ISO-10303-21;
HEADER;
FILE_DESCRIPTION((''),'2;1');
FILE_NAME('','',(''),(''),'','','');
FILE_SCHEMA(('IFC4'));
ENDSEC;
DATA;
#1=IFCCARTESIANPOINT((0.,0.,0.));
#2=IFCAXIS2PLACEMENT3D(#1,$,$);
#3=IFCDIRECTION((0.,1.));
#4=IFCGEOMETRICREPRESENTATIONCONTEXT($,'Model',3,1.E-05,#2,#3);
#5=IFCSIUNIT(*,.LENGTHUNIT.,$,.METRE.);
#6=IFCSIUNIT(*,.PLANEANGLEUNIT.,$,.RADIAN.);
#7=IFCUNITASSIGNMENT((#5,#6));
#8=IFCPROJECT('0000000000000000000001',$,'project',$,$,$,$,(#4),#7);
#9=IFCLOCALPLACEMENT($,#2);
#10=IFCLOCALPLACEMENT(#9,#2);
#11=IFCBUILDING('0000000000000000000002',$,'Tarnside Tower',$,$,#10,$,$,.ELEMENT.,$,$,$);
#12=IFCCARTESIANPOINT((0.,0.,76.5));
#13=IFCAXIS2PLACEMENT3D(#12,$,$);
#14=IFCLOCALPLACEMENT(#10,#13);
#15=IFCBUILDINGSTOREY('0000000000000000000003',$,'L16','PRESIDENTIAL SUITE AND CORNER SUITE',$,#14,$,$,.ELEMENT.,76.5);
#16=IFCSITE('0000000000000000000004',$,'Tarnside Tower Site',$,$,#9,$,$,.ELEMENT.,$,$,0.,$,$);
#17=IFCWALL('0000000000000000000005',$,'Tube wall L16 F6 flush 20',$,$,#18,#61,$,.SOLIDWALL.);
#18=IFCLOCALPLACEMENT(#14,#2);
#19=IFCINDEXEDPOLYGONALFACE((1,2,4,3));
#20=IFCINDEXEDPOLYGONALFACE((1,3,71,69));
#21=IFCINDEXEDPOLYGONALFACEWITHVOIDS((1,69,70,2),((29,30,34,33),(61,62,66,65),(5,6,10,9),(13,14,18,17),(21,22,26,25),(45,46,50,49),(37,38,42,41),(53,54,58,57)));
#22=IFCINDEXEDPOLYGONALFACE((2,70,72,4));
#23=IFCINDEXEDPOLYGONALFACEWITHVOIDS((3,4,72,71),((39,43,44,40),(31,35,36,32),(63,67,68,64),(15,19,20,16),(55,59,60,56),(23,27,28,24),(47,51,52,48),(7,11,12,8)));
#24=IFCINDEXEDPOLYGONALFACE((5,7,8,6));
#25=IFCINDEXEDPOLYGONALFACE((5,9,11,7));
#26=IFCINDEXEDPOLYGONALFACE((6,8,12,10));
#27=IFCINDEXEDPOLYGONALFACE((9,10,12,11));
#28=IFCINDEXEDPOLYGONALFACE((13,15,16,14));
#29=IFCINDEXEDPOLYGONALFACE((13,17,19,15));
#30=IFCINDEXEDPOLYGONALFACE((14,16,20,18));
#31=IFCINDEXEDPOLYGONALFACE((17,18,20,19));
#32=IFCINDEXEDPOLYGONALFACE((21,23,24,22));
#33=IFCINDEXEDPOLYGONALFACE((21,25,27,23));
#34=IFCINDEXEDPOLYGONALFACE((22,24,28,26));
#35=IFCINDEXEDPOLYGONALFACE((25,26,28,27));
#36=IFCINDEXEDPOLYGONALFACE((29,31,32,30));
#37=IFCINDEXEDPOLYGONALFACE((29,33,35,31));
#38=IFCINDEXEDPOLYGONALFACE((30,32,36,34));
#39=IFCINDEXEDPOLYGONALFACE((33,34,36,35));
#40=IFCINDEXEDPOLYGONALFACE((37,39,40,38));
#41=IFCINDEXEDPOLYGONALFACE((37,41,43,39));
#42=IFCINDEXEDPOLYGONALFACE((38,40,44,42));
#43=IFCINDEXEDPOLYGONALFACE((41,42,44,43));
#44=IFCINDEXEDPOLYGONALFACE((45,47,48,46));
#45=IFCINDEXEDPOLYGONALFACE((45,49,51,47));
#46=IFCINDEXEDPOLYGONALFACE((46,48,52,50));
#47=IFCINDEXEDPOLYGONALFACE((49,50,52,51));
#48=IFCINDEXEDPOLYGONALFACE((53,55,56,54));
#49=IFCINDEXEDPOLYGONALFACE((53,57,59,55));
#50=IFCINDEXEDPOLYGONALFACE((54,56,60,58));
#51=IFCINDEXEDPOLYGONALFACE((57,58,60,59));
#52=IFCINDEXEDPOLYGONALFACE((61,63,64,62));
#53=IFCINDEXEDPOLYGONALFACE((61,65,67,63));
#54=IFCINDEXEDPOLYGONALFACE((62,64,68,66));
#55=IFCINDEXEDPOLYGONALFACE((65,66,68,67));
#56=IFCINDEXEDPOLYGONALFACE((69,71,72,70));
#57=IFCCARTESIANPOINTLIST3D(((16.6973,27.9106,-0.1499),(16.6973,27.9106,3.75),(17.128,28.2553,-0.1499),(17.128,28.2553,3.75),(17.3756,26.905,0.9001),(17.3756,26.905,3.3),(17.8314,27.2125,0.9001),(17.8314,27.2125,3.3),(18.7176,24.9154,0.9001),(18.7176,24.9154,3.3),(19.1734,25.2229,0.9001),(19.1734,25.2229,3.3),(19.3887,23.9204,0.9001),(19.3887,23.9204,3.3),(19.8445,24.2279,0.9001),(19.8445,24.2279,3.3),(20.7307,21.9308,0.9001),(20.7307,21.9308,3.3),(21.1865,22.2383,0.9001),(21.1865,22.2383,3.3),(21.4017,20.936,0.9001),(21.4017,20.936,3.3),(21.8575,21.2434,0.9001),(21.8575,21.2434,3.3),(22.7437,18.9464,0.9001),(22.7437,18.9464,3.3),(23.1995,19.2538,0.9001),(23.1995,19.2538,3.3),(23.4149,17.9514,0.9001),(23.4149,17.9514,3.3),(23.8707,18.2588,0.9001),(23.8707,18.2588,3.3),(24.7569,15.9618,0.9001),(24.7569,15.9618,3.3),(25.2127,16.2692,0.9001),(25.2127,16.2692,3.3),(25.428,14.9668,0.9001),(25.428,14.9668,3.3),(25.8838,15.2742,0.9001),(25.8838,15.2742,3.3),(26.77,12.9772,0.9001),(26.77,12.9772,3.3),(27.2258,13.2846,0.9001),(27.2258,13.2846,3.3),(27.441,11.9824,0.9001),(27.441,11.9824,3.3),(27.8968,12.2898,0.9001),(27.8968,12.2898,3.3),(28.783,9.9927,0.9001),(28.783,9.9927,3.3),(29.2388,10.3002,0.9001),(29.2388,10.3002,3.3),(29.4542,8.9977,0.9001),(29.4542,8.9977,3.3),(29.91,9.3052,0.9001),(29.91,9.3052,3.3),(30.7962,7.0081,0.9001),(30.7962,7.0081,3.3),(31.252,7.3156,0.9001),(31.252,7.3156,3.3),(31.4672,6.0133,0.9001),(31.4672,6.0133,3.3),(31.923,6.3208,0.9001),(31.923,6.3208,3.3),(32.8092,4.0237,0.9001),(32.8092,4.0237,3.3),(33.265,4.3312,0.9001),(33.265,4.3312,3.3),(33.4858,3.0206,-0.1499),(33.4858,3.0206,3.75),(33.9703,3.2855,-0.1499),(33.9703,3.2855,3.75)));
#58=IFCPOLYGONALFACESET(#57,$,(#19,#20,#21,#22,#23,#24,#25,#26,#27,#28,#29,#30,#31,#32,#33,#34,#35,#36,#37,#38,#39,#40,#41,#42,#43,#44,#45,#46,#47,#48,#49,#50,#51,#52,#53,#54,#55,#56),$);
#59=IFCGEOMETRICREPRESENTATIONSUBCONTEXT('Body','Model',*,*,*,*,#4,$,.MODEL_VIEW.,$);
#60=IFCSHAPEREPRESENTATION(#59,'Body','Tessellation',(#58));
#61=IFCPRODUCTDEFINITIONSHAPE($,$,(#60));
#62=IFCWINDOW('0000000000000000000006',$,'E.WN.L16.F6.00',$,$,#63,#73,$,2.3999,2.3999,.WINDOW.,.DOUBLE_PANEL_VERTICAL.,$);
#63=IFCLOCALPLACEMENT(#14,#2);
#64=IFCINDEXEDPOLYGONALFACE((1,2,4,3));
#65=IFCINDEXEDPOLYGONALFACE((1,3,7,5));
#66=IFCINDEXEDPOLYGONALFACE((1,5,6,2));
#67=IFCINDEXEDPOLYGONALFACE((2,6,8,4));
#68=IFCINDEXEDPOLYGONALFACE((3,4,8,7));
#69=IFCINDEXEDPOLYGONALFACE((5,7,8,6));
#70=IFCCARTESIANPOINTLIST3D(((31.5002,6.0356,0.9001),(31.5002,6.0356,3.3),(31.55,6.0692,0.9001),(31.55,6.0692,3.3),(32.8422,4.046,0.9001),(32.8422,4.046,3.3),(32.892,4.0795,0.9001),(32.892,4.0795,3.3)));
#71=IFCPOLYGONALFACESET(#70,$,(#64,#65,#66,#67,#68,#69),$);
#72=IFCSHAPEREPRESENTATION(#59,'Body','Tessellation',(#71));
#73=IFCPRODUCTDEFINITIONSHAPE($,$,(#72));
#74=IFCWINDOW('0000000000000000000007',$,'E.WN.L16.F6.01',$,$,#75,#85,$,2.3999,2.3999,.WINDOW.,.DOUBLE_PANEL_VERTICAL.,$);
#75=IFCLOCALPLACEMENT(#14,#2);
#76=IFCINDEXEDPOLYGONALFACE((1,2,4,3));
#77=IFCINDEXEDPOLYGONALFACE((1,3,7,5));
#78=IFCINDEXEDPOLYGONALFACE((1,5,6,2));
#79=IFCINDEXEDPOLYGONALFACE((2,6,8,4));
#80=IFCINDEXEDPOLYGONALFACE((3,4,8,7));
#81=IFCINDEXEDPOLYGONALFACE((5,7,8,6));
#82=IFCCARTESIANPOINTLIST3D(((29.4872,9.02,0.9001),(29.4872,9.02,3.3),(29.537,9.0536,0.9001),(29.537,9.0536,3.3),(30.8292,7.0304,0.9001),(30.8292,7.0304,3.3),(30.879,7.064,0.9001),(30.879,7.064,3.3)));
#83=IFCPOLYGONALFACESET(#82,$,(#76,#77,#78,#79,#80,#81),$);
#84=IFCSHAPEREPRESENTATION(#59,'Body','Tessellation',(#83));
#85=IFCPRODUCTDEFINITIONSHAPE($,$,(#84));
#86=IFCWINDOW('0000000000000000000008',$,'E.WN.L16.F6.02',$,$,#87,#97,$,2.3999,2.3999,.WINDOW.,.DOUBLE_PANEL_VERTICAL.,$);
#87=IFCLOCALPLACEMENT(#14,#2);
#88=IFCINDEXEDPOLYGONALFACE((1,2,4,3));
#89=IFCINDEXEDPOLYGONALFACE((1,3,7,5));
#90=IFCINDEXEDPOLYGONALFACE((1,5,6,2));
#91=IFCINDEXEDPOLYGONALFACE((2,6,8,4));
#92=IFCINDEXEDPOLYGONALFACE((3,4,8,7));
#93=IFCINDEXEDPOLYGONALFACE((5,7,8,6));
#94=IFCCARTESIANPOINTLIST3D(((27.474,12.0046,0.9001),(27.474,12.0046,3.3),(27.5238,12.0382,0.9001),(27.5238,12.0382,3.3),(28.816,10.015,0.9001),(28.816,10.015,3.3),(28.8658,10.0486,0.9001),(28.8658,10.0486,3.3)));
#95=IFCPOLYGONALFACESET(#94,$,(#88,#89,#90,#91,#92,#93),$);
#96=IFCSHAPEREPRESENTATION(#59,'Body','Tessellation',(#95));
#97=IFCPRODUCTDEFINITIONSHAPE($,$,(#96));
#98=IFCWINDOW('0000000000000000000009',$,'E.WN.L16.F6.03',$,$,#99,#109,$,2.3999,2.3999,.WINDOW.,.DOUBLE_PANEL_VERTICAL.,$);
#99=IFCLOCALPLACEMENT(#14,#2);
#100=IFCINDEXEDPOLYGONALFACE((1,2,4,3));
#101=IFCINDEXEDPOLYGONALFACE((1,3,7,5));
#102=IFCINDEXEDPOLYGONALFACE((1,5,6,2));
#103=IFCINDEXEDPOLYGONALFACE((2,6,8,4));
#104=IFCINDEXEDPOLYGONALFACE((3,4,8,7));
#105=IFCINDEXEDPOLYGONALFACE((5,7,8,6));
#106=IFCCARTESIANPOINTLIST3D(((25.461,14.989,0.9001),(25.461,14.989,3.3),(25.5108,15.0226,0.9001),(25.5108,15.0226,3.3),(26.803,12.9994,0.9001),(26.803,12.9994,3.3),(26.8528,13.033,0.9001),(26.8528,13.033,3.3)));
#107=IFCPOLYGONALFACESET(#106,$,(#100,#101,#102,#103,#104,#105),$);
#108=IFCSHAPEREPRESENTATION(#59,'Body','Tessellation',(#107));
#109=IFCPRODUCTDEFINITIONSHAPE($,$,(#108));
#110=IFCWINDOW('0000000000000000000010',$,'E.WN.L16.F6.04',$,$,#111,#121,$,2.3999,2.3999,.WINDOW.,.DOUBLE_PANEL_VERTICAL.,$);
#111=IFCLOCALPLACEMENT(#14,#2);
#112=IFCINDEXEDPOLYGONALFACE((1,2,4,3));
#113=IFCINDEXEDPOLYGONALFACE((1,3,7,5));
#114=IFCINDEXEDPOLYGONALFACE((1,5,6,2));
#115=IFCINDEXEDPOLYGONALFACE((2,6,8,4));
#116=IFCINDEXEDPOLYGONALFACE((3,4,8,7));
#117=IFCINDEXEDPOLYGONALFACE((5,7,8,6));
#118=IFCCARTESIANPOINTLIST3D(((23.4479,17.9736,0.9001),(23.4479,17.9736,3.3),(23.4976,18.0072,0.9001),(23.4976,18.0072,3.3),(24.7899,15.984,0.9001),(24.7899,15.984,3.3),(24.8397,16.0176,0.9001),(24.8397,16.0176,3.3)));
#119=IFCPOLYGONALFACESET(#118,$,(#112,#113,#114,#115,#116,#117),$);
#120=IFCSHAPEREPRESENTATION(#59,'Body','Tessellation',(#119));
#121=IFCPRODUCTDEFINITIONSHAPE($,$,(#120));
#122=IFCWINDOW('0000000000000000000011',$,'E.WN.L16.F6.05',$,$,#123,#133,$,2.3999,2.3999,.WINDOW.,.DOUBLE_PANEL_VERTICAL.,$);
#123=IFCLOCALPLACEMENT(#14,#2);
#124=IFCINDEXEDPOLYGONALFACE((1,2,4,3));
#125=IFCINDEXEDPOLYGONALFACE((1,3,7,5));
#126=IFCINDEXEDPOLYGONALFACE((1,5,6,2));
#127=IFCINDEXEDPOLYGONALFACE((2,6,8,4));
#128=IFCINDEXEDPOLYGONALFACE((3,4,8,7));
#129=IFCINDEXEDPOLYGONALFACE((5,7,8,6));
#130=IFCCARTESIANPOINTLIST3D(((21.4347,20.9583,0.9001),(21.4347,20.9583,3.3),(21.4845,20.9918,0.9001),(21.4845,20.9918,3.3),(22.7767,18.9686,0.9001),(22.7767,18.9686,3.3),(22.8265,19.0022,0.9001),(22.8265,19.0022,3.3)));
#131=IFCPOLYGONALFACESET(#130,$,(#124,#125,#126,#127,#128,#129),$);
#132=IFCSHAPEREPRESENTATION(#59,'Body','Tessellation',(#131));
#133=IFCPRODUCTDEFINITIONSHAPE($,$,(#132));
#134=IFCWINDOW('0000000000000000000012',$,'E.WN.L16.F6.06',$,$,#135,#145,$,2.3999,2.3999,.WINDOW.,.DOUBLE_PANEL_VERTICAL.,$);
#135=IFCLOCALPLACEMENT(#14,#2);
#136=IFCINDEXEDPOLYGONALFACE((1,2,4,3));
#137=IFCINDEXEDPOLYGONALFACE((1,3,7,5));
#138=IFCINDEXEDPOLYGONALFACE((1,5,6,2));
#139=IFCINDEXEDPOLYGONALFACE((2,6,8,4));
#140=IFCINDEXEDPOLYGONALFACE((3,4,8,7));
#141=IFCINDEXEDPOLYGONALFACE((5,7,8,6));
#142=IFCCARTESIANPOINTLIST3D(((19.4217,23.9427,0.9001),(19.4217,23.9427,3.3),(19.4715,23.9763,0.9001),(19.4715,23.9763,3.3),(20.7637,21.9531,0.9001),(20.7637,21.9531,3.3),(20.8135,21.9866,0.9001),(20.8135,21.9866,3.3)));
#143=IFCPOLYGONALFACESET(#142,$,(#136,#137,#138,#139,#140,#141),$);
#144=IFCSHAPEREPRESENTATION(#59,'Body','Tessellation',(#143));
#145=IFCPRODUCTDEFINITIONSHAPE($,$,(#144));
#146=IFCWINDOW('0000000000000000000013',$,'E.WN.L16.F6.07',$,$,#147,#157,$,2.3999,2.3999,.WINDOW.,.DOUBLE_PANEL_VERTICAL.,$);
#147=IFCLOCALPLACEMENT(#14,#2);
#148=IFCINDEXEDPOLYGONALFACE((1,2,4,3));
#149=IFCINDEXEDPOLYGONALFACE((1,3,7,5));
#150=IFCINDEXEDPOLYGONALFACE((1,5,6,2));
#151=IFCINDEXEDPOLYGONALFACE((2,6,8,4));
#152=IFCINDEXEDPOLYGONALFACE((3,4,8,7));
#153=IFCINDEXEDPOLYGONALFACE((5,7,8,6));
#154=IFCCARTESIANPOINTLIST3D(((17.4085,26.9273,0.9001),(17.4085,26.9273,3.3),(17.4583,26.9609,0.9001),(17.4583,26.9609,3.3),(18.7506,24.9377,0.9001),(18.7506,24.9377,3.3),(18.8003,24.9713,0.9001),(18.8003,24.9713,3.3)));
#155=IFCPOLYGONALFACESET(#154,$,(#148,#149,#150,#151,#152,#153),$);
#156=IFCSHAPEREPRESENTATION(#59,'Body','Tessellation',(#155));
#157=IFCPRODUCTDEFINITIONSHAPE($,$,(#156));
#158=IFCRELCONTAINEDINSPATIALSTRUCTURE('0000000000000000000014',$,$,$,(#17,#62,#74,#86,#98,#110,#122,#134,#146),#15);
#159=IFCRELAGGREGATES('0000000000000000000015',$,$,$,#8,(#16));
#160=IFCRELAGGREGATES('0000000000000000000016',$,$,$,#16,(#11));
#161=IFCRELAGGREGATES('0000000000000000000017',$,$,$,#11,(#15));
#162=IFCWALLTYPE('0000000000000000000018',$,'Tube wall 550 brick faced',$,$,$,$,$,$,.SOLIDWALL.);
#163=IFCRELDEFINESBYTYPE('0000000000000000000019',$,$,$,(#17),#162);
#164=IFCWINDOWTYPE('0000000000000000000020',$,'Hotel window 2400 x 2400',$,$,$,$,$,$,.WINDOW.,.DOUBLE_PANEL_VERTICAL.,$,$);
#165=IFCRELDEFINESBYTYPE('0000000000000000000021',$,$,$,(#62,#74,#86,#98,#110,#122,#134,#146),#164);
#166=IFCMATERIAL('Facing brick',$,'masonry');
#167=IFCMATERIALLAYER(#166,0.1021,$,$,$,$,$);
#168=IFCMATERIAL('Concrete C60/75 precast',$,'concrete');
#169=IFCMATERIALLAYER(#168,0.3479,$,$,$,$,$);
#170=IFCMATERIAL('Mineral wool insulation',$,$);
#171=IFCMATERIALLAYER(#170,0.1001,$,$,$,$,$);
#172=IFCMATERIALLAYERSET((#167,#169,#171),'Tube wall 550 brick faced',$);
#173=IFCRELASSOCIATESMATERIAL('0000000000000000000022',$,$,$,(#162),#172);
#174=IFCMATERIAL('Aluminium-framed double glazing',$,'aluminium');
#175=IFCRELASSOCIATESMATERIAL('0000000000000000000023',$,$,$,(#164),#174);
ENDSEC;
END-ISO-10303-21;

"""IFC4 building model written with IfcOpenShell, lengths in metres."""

from ifc_helpers import new_model, si_unit, direction, frame, frame_2d, origin, place, context, subcontext, project, spatial, polyline, rectangle, outline, extrude, material, layer, layer_set, type_object, element, fill, save


model = new_model("IFC4")

# Units and contexts
model_context = context("Model", 3, precision=1e-05, world=origin(), true_north=direction((0.0, 1.0)))
body_context = subcontext(model_context, "Body", "Model", "MODEL_VIEW")
ifc_project = project(units=[si_unit("LENGTHUNIT", "METRE"), si_unit("PLANEANGLEUNIT", "RADIAN")], contexts=[model_context])

# Site, building, storey
site_placement = place(None, origin())
site = spatial("IfcSite", under=ifc_project, at=site_placement, Name="Tarnside Tower Site", CompositionType="ELEMENT", RefElevation=0.0)
building_placement = place(site_placement, origin())
building = spatial("IfcBuilding", under=site, at=building_placement, Name="Tarnside Tower", CompositionType="ELEMENT")
storey_placement = place(building_placement, frame((0.0, 0.0, 76.5)))
storey = spatial("IfcBuildingStorey", under=building, at=storey_placement, Name="L16", Description="PRESIDENTIAL SUITE AND CORNER SUITE", CompositionType="ELEMENT", Elevation=76.5)

# Shared definitions
ifc_material_1 = material(Name="Facing brick", Category="masonry")
ifc_layer_1 = layer(ifc_material_1, 0.1021)
ifc_material_2 = material(Name="Concrete C60/75 precast", Category="concrete")
ifc_layer_2 = layer(ifc_material_2, 0.3479)
ifc_material_3 = material(Name="Mineral wool insulation")
ifc_layer_3 = layer(ifc_material_3, 0.1001)
ifc_layer_set_1 = layer_set([ifc_layer_1, ifc_layer_2, ifc_layer_3], Name="Tube wall 550 brick faced")
wall_type_1 = type_object("IfcWallType", Name="Tube wall 550 brick faced", PredefinedType="SOLIDWALL", material=ifc_layer_set_1)

# Wall, openings, windows
wall_1_placement = place(storey_placement, frame((33.728, 3.1531, -0.1499), z_axis=(0.0, 0.0, 1.0), x_axis=(-0.559192, 0.829038, 0.0)))
wall_1 = element("IfcWall", 1, at=wall_1_placement, inside=storey, type_object=wall_type_1, Name="Tube wall L16 F6 flush 20", PredefinedType="SOLIDWALL", context=body_context, shape_type="SweptSolid", body=[
    extrude(outline(polyline([(-0.0256, -0.2749), (30.0933, -0.2749), (30.0483, 0.2749), (0.0256, 0.2749), (-0.0256, -0.2749)])), origin(), (0.0, 0.0, 1.0), 3.8999),
])
opening_1_placement = place(wall_1_placement, frame((1.2356, 0.0, 1.05)))
opening_1 = element("IfcOpeningElement", 2, at=opening_1_placement, cuts=wall_1, PredefinedType="OPENING", context=body_context, shape_type="SweptSolid", body=[
    extrude(rectangle(XDim=2.3999, YDim=2.3999, at=frame_2d((1.2, 1.2))), frame((0.0, 0.2852, 0.0), z_axis=(0.0, -1.0, 0.0), x_axis=(1.0, 0.0, 0.0)), (0.0, 0.0, 1.0), 0.5701),
])
opening_2_placement = place(wall_1_placement, frame((4.8354, 0.0, 1.05)))
opening_2 = element("IfcOpeningElement", 3, at=opening_2_placement, cuts=wall_1, PredefinedType="OPENING", context=body_context, shape_type="SweptSolid", body=[
    extrude(rectangle(XDim=2.3999, YDim=2.3999, at=frame_2d((1.2, 1.2))), frame((0.0, 0.2852, 0.0), z_axis=(0.0, -1.0, 0.0), x_axis=(1.0, 0.0, 0.0)), (0.0, 0.0, 1.0), 0.5701),
])
opening_3_placement = place(wall_1_placement, frame((8.4355, 0.0, 1.05)))
opening_3 = element("IfcOpeningElement", 4, at=opening_3_placement, cuts=wall_1, PredefinedType="OPENING", context=body_context, shape_type="SweptSolid", body=[
    extrude(rectangle(XDim=2.3999, YDim=2.3999, at=frame_2d((1.2, 1.2))), frame((0.0, 0.2852, 0.0), z_axis=(0.0, -1.0, 0.0), x_axis=(1.0, 0.0, 0.0)), (0.0, 0.0, 1.0), 0.5701),
])
opening_4_placement = place(wall_1_placement, frame((12.0354, 0.0, 1.05)))
opening_4 = element("IfcOpeningElement", 5, at=opening_4_placement, cuts=wall_1, PredefinedType="OPENING", context=body_context, shape_type="SweptSolid", body=[
    extrude(rectangle(XDim=2.3999, YDim=2.3999, at=frame_2d((1.2, 1.2))), frame((0.0, 0.2852, 0.0), z_axis=(0.0, -1.0, 0.0), x_axis=(1.0, 0.0, 0.0)), (0.0, 0.0, 1.0), 0.5701),
])
opening_5_placement = place(wall_1_placement, frame((15.6355, 0.0, 1.05)))
opening_5 = element("IfcOpeningElement", 6, at=opening_5_placement, cuts=wall_1, PredefinedType="OPENING", context=body_context, shape_type="SweptSolid", body=[
    extrude(rectangle(XDim=2.3999, YDim=2.3999, at=frame_2d((1.2, 1.2))), frame((0.0, 0.2852, 0.0), z_axis=(0.0, -1.0, 0.0), x_axis=(1.0, 0.0, 0.0)), (0.0, 0.0, 1.0), 0.5701),
])
opening_6_placement = place(wall_1_placement, frame((19.2356, 0.0, 1.05)))
opening_6 = element("IfcOpeningElement", 7, at=opening_6_placement, cuts=wall_1, PredefinedType="OPENING", context=body_context, shape_type="SweptSolid", body=[
    extrude(rectangle(XDim=2.3999, YDim=2.3999, at=frame_2d((1.2, 1.2))), frame((0.0, 0.2852, 0.0), z_axis=(0.0, -1.0, 0.0), x_axis=(1.0, 0.0, 0.0)), (0.0, 0.0, 1.0), 0.5701),
])
opening_7_placement = place(wall_1_placement, frame((22.8354, 0.0, 1.05)))
opening_7 = element("IfcOpeningElement", 8, at=opening_7_placement, cuts=wall_1, PredefinedType="OPENING", context=body_context, shape_type="SweptSolid", body=[
    extrude(rectangle(XDim=2.3999, YDim=2.3999, at=frame_2d((1.2, 1.2))), frame((0.0, 0.2852, 0.0), z_axis=(0.0, -1.0, 0.0), x_axis=(1.0, 0.0, 0.0)), (0.0, 0.0, 1.0), 0.5701),
])
opening_8_placement = place(wall_1_placement, frame((26.4355, 0.0, 1.05)))
opening_8 = element("IfcOpeningElement", 9, at=opening_8_placement, cuts=wall_1, PredefinedType="OPENING", context=body_context, shape_type="SweptSolid", body=[
    extrude(rectangle(XDim=2.3999, YDim=2.3999, at=frame_2d((1.2, 1.2))), frame((0.0, 0.2852, 0.0), z_axis=(0.0, -1.0, 0.0), x_axis=(1.0, 0.0, 0.0)), (0.0, 0.0, 1.0), 0.5701),
])
ifc_material_4 = material(Name="Aluminium-framed double glazing", Category="aluminium")
window_type = type_object("IfcWindowType", Name="Hotel window 2400 x 2400", PartitioningType="DOUBLE_PANEL_VERTICAL", PredefinedType="WINDOW", material=ifc_material_4)
window_1_placement = place(opening_1_placement, frame((0.0, 0.2051, 0.0)))
window_1 = element("IfcWindow", 10, at=window_1_placement, inside=storey, type_object=window_type, Name="E.WN.L16.F6.00", OverallHeight=2.3999, OverallWidth=2.3999, PartitioningType="DOUBLE_PANEL_VERTICAL", PredefinedType="WINDOW", context=body_context, shape_type="SweptSolid", body=[
    extrude(rectangle(XDim=2.3999, YDim=2.3999, at=frame_2d((1.2, 1.2))), frame((0.0, 0.03, 0.0), z_axis=(0.0, -1.0, 0.0), x_axis=(1.0, 0.0, 0.0)), (0.0, 0.0, 1.0), 0.0601),
])
fill(opening_1, window_1)
window_2_placement = place(opening_2_placement, frame((0.0, 0.2051, 0.0)))
window_2 = element("IfcWindow", 11, at=window_2_placement, inside=storey, type_object=window_type, Name="E.WN.L16.F6.01", OverallHeight=2.3999, OverallWidth=2.3999, PartitioningType="DOUBLE_PANEL_VERTICAL", PredefinedType="WINDOW", context=body_context, shape_type="SweptSolid", body=[
    extrude(rectangle(XDim=2.3999, YDim=2.3999, at=frame_2d((1.2, 1.2))), frame((0.0, 0.03, 0.0), z_axis=(0.0, -1.0, 0.0), x_axis=(1.0, 0.0, 0.0)), (0.0, 0.0, 1.0), 0.0601),
])
fill(opening_2, window_2)
window_3_placement = place(opening_3_placement, frame((0.0, 0.2051, 0.0)))
window_3 = element("IfcWindow", 12, at=window_3_placement, inside=storey, type_object=window_type, Name="E.WN.L16.F6.02", OverallHeight=2.3999, OverallWidth=2.3999, PartitioningType="DOUBLE_PANEL_VERTICAL", PredefinedType="WINDOW", context=body_context, shape_type="SweptSolid", body=[
    extrude(rectangle(XDim=2.3999, YDim=2.3999, at=frame_2d((1.2, 1.2))), frame((0.0, 0.03, 0.0), z_axis=(0.0, -1.0, 0.0), x_axis=(1.0, 0.0, 0.0)), (0.0, 0.0, 1.0), 0.0601),
])
fill(opening_3, window_3)
window_4_placement = place(opening_4_placement, frame((0.0, 0.2051, 0.0)))
window_4 = element("IfcWindow", 13, at=window_4_placement, inside=storey, type_object=window_type, Name="E.WN.L16.F6.03", OverallHeight=2.3999, OverallWidth=2.3999, PartitioningType="DOUBLE_PANEL_VERTICAL", PredefinedType="WINDOW", context=body_context, shape_type="SweptSolid", body=[
    extrude(rectangle(XDim=2.3999, YDim=2.3999, at=frame_2d((1.2, 1.2))), frame((0.0, 0.03, 0.0), z_axis=(0.0, -1.0, 0.0), x_axis=(1.0, 0.0, 0.0)), (0.0, 0.0, 1.0), 0.0601),
])
fill(opening_4, window_4)
window_5_placement = place(opening_5_placement, frame((0.0, 0.2051, 0.0)))
window_5 = element("IfcWindow", 14, at=window_5_placement, inside=storey, type_object=window_type, Name="E.WN.L16.F6.04", OverallHeight=2.3999, OverallWidth=2.3999, PartitioningType="DOUBLE_PANEL_VERTICAL", PredefinedType="WINDOW", context=body_context, shape_type="SweptSolid", body=[
    extrude(rectangle(XDim=2.3999, YDim=2.3999, at=frame_2d((1.2, 1.2))), frame((0.0, 0.03, 0.0), z_axis=(0.0, -1.0, 0.0), x_axis=(1.0, 0.0, 0.0)), (0.0, 0.0, 1.0), 0.0601),
])
fill(opening_5, window_5)
window_6_placement = place(opening_6_placement, frame((0.0, 0.2051, 0.0)))
window_6 = element("IfcWindow", 15, at=window_6_placement, inside=storey, type_object=window_type, Name="E.WN.L16.F6.05", OverallHeight=2.3999, OverallWidth=2.3999, PartitioningType="DOUBLE_PANEL_VERTICAL", PredefinedType="WINDOW", context=body_context, shape_type="SweptSolid", body=[
    extrude(rectangle(XDim=2.3999, YDim=2.3999, at=frame_2d((1.2, 1.2))), frame((0.0, 0.03, 0.0), z_axis=(0.0, -1.0, 0.0), x_axis=(1.0, 0.0, 0.0)), (0.0, 0.0, 1.0), 0.0601),
])
fill(opening_6, window_6)
window_7_placement = place(opening_7_placement, frame((0.0, 0.2051, 0.0)))
window_7 = element("IfcWindow", 16, at=window_7_placement, inside=storey, type_object=window_type, Name="E.WN.L16.F6.06", OverallHeight=2.3999, OverallWidth=2.3999, PartitioningType="DOUBLE_PANEL_VERTICAL", PredefinedType="WINDOW", context=body_context, shape_type="SweptSolid", body=[
    extrude(rectangle(XDim=2.3999, YDim=2.3999, at=frame_2d((1.2, 1.2))), frame((0.0, 0.03, 0.0), z_axis=(0.0, -1.0, 0.0), x_axis=(1.0, 0.0, 0.0)), (0.0, 0.0, 1.0), 0.0601),
])
fill(opening_7, window_7)
window_8_placement = place(opening_8_placement, frame((0.0, 0.2051, 0.0)))
window_8 = element("IfcWindow", 17, at=window_8_placement, inside=storey, type_object=window_type, Name="E.WN.L16.F6.07", OverallHeight=2.3999, OverallWidth=2.3999, PartitioningType="DOUBLE_PANEL_VERTICAL", PredefinedType="WINDOW", context=body_context, shape_type="SweptSolid", body=[
    extrude(rectangle(XDim=2.3999, YDim=2.3999, at=frame_2d((1.2, 1.2))), frame((0.0, 0.03, 0.0), z_axis=(0.0, -1.0, 0.0), x_axis=(1.0, 0.0, 0.0)), (0.0, 0.0, 1.0), 0.0601),
])
fill(opening_8, window_8)

save(model, "model.ifc")
